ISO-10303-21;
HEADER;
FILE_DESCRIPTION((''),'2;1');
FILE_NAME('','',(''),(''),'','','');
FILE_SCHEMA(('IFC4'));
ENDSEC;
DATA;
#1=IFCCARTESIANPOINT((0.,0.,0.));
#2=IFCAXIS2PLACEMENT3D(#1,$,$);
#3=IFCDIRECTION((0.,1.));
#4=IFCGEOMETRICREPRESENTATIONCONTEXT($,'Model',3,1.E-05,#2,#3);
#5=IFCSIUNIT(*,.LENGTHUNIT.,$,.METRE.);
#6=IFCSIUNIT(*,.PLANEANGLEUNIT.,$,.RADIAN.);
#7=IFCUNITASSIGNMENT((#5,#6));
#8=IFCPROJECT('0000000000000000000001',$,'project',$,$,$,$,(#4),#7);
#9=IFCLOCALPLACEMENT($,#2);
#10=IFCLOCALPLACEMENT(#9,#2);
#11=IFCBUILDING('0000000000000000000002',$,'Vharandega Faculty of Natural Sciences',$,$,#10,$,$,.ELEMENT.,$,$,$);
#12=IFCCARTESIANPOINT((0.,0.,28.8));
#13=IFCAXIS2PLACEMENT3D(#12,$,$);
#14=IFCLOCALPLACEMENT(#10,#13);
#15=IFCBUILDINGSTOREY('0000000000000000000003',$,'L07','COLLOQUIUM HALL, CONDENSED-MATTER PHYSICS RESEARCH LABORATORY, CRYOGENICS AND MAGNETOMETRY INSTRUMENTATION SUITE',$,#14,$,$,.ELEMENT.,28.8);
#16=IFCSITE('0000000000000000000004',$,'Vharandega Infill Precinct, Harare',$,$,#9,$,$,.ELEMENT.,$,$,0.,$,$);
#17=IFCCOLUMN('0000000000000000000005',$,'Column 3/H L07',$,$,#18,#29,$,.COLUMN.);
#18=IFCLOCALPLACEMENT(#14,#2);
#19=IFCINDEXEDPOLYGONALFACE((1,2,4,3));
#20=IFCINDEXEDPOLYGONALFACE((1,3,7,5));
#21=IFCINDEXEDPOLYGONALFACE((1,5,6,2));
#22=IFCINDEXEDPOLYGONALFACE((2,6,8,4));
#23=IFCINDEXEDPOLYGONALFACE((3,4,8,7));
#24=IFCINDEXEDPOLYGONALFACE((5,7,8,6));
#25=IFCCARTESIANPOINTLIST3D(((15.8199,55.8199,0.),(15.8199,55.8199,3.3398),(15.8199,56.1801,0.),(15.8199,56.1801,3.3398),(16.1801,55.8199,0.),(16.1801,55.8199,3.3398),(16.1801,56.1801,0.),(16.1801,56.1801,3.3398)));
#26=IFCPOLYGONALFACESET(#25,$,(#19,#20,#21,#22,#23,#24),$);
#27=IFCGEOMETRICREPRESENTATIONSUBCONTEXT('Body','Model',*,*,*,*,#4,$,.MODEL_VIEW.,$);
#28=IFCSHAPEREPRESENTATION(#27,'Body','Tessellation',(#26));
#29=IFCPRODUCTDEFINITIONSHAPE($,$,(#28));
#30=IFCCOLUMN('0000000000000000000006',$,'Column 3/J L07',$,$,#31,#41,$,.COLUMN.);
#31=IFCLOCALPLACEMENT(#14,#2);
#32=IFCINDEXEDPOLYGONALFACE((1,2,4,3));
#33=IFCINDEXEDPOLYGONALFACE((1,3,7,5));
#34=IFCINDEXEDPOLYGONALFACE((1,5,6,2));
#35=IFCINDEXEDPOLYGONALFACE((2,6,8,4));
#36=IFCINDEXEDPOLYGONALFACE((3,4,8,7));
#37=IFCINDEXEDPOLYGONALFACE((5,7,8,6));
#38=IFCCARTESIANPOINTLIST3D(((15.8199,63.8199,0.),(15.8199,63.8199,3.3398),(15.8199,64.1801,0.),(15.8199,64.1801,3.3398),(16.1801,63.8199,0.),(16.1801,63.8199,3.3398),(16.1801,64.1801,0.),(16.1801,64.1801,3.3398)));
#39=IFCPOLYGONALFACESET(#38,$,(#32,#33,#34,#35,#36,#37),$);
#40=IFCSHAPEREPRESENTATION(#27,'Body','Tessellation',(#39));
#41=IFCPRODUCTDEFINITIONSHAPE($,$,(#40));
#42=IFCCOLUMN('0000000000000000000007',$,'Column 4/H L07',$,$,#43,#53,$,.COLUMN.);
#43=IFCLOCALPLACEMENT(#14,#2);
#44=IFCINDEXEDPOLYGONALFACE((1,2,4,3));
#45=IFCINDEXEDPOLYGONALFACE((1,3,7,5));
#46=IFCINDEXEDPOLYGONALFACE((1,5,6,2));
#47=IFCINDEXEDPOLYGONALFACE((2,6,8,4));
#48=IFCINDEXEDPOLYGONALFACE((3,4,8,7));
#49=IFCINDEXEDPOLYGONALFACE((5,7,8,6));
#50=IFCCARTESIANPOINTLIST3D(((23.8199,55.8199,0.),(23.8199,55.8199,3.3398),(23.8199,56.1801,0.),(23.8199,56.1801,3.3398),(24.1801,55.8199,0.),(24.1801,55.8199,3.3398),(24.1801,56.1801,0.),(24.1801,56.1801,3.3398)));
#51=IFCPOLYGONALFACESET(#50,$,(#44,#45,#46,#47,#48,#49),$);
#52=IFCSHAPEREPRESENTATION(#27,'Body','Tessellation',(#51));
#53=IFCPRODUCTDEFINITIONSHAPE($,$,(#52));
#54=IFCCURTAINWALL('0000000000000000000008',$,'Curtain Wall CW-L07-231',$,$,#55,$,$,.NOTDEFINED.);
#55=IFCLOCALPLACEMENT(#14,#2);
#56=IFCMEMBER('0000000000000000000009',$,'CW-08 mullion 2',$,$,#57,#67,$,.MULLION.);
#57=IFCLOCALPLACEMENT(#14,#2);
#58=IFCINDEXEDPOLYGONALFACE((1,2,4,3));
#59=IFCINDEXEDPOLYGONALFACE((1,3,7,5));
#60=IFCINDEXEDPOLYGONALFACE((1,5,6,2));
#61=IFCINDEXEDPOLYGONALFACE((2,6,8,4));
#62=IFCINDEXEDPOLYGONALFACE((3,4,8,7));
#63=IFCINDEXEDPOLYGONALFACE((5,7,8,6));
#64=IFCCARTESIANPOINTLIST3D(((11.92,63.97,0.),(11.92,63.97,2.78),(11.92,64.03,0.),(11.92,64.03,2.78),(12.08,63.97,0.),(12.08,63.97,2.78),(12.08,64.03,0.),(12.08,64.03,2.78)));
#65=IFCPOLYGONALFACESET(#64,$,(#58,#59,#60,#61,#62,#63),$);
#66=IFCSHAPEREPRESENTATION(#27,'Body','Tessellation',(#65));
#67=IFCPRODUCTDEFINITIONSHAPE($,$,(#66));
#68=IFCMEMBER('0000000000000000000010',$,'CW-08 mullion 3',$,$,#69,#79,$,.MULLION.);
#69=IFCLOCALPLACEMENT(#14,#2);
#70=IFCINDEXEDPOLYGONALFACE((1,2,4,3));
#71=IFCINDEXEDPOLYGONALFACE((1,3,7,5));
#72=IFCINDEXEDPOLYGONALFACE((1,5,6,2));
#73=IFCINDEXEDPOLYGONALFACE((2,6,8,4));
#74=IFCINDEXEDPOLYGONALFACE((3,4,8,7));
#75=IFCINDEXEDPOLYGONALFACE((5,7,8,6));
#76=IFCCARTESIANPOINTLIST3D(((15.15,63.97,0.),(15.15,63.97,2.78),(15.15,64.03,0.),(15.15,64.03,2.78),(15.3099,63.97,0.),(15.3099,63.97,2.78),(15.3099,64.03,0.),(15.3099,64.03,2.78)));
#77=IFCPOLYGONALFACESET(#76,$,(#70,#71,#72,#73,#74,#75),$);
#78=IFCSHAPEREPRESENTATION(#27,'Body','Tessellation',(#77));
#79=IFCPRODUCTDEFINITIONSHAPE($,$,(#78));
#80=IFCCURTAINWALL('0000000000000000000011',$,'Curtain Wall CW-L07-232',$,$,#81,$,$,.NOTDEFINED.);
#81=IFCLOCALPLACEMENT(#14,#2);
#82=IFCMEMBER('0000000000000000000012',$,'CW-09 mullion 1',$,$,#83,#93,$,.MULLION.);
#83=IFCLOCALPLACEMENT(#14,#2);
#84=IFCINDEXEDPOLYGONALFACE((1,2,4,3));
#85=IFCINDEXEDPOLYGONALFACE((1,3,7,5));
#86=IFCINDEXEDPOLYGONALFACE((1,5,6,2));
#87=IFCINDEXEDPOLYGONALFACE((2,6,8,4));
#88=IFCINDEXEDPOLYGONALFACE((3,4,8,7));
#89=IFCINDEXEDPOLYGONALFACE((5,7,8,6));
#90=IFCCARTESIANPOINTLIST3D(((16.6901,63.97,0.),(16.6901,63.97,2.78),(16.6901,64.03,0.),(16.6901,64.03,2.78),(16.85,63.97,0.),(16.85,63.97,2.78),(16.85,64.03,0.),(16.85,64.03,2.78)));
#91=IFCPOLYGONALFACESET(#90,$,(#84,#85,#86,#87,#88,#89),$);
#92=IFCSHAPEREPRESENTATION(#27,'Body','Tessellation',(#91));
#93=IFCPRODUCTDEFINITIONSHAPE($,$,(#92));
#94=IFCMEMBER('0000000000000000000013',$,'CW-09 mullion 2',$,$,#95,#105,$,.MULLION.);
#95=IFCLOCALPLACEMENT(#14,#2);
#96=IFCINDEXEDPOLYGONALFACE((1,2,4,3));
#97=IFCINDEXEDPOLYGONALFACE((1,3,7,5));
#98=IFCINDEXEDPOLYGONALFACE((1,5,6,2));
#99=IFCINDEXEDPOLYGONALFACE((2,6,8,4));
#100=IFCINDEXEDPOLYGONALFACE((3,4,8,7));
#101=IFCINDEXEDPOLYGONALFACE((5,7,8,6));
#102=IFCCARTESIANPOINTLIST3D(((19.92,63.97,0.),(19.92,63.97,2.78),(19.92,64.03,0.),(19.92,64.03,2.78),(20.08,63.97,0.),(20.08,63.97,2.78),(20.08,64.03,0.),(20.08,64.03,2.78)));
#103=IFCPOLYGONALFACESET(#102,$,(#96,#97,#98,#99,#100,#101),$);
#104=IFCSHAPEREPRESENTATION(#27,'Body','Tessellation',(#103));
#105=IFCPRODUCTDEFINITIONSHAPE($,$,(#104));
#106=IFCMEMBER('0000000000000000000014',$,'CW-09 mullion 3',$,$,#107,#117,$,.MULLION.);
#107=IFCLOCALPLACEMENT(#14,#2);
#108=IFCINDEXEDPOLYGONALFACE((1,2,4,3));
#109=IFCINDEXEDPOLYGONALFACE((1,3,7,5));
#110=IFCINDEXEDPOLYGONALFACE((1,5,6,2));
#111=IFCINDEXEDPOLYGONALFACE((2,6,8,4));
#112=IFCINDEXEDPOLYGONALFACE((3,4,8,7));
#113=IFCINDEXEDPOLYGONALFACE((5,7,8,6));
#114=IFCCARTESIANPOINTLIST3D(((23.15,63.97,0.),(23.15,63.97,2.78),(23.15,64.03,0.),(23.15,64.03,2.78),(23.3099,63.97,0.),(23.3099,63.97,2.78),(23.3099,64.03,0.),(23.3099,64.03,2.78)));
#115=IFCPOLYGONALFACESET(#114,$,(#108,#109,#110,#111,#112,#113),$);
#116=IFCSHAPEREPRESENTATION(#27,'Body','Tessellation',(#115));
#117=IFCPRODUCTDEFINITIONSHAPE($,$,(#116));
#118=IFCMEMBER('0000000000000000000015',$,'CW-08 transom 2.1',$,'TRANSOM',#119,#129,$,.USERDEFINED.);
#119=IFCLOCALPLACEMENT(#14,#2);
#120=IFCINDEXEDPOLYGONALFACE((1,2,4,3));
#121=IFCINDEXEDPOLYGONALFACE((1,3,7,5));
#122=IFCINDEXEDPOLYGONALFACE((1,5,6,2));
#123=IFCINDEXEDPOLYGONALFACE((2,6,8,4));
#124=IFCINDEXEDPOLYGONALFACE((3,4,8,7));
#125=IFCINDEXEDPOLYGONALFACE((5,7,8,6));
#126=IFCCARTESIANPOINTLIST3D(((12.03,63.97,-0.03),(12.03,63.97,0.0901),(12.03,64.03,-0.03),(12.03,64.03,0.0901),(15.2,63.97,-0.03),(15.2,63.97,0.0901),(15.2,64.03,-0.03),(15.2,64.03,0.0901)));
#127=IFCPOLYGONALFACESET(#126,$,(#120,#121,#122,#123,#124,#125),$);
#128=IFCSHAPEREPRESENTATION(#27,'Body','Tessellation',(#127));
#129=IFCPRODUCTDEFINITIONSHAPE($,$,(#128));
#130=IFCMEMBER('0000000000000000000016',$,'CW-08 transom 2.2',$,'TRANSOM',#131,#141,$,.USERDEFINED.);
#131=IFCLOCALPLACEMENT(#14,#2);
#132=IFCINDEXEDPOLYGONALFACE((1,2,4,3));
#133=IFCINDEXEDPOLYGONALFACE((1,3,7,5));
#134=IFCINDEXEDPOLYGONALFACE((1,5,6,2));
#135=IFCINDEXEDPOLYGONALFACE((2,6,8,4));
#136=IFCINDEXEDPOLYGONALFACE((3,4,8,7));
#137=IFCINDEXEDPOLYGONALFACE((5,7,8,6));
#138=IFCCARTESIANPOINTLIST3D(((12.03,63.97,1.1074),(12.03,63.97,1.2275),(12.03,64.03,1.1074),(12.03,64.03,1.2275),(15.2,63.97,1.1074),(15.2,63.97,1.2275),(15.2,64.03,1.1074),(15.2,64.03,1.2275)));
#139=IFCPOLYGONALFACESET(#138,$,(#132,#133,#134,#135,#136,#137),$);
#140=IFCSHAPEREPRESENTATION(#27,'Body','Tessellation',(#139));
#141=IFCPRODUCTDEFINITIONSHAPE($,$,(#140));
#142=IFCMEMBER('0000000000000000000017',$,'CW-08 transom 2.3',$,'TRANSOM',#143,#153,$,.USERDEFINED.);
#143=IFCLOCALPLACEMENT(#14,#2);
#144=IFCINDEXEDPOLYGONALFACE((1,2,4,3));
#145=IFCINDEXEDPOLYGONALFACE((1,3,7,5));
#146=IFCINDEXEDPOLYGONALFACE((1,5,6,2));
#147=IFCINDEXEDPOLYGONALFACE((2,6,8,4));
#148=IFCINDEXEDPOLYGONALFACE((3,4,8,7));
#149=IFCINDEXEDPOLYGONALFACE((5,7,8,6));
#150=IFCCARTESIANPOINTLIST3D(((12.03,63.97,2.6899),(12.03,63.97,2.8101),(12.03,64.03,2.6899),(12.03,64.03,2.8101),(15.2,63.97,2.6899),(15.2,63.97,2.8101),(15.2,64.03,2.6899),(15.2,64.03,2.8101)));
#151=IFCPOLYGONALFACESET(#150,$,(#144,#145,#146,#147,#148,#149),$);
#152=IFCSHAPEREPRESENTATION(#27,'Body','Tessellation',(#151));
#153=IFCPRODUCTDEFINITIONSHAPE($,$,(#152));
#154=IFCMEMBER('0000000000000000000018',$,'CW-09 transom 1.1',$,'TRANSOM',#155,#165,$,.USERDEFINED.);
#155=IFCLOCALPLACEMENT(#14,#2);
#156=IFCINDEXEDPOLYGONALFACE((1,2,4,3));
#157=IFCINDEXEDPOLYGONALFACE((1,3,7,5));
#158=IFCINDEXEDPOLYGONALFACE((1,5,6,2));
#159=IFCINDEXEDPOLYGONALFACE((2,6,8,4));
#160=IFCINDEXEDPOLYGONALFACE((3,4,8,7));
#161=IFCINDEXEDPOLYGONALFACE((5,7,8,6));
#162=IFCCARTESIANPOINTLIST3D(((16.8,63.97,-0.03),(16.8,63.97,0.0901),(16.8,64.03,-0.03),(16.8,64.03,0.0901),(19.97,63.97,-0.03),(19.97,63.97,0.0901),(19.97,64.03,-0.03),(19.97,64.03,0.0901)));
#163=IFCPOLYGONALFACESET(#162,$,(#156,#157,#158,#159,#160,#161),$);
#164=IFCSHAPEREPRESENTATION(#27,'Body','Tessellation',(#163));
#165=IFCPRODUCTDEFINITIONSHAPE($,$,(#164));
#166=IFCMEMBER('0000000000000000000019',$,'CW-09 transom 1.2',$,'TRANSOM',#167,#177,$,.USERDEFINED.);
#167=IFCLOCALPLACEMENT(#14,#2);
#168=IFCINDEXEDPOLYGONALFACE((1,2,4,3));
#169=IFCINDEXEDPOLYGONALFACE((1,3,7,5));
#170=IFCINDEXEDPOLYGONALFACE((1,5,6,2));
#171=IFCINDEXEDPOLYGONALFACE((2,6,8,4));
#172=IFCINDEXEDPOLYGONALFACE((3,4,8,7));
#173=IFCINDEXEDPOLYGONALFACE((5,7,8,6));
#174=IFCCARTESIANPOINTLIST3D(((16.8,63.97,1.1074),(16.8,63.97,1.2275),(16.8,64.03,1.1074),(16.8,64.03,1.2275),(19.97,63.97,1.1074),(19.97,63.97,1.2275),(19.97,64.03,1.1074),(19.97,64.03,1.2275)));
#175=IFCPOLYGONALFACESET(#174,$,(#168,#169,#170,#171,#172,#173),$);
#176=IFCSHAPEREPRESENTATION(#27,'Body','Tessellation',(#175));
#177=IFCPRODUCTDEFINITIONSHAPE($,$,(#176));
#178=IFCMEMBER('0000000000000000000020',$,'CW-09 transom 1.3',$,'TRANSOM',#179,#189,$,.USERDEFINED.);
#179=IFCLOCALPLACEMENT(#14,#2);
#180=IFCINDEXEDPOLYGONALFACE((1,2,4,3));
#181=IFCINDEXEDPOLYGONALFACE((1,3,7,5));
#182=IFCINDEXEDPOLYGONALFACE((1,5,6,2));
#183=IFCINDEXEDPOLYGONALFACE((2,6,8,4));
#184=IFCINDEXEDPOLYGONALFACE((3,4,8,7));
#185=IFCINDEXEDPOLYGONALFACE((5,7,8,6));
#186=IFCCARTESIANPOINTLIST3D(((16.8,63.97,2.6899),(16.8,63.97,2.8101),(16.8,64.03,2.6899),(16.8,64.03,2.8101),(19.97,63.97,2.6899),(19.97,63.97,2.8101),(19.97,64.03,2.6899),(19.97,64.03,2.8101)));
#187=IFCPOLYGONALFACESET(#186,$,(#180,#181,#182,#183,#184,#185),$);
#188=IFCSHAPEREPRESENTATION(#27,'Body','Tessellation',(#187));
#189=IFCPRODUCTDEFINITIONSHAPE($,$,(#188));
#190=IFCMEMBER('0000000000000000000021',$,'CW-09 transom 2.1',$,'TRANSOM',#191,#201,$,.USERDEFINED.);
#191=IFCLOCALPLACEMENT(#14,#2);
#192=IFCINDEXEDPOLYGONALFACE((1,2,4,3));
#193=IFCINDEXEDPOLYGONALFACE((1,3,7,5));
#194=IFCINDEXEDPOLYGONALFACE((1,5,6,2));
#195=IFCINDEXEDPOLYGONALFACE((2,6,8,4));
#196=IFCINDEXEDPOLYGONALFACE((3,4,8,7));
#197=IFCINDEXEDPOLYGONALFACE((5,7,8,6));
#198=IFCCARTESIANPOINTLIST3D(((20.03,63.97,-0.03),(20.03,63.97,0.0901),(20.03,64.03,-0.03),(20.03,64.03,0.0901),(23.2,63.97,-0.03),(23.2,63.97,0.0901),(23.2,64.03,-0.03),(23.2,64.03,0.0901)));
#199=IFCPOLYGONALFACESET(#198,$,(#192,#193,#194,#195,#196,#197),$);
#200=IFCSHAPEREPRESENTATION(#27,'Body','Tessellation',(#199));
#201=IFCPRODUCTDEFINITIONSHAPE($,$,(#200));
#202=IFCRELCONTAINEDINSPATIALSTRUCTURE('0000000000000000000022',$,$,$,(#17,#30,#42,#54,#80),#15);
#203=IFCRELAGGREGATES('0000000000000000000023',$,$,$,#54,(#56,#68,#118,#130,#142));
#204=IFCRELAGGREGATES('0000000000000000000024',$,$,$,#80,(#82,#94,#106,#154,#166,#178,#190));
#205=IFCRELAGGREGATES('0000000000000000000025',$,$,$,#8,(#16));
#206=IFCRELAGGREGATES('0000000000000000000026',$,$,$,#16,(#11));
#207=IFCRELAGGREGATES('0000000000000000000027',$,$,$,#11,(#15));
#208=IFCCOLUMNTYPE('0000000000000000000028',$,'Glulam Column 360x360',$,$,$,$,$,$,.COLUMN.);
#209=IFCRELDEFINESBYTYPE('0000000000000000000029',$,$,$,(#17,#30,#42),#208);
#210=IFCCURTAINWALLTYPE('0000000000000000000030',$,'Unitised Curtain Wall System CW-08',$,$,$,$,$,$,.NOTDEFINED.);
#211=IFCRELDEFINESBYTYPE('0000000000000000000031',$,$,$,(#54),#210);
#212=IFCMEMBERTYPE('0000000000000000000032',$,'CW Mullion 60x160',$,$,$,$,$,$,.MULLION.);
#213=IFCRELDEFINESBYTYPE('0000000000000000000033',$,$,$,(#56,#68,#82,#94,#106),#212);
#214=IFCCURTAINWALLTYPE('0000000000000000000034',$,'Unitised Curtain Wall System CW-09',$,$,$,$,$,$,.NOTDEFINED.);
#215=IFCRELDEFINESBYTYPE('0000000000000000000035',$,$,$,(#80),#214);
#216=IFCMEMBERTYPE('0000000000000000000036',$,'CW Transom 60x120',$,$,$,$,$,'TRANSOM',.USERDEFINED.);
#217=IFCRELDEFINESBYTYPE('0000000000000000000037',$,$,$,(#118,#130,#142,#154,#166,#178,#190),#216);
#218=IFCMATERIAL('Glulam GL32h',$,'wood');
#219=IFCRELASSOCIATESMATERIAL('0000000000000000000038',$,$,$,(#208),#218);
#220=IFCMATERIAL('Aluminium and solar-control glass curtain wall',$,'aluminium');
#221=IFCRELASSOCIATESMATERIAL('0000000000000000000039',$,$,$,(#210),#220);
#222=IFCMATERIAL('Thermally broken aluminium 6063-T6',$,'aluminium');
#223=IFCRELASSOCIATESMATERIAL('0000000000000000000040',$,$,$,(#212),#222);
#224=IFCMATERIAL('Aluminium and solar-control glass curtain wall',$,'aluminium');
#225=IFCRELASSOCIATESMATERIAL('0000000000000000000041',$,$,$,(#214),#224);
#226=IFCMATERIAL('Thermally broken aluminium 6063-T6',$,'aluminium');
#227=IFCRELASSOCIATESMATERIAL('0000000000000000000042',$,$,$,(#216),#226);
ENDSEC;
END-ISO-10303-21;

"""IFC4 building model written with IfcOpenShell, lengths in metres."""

from ifc_helpers import new_model, si_unit, direction, frame, origin, origin_2d, place, context, subcontext, project, spatial, rectangle, extrude, material, material_profile, profile_set, type_object, element, aggregate, save


model = new_model("IFC4")

# Units and contexts
model_context = context("Model", 3, precision=1e-05, world=origin(), true_north=direction((0.0, 1.0)))
body_context = subcontext(model_context, "Body", "Model", "MODEL_VIEW")
ifc_project = project(units=[si_unit("LENGTHUNIT", "METRE"), si_unit("PLANEANGLEUNIT", "RADIAN")], contexts=[model_context])

# Site, building, storey
site_placement = place(None, origin())
site = spatial("IfcSite", under=ifc_project, at=site_placement, Name="Vharandega Infill Precinct, Harare", CompositionType="ELEMENT", RefElevation=0.0)
building_placement = place(site_placement, origin())
building = spatial("IfcBuilding", under=site, at=building_placement, Name="Vharandega Faculty of Natural Sciences", CompositionType="ELEMENT")
storey_placement = place(building_placement, frame((0.0, 0.0, 28.8)))
storey = spatial("IfcBuildingStorey", under=building, at=storey_placement, Name="L07", Description="COLLOQUIUM HALL, CONDENSED-MATTER PHYSICS RESEARCH LABORATORY, CRYOGENICS AND MAGNETOMETRY INSTRUMENTATION SUITE", CompositionType="ELEMENT", Elevation=28.8)

# Columns
ifc_material_1 = material(Name="Glulam GL32h", Category="wood")
ifc_material_profile_1 = material_profile(ifc_material_1, rectangle(XDim=0.3601, YDim=0.3601, at=origin_2d()), Name="GL32h 360x360")
ifc_profile_set_1 = profile_set([ifc_material_profile_1], Name="Glulam GL32h")
column_type = type_object("IfcColumnType", Name="Glulam Column 360x360", PredefinedType="COLUMN", material=ifc_profile_set_1)
for number, where, z_axis, x_axis, name in (
    (1, (16.0, 56.0, 0.0), (0.0, 0.0, 1.0), (1.0, 0.0, 0.0), "Column 3/H L07"),
    (2, (16.0, 64.0, 0.0), (0.0, 0.0, 1.0), (1.0, 0.0, 0.0), "Column 3/J L07"),
    (3, (24.0, 56.0, 0.0), (0.0, 0.0, 1.0), (1.0, 0.0, 0.0), "Column 4/H L07"),
):
    element("IfcColumn", number, at=place(storey_placement, frame(where, z_axis=z_axis, x_axis=x_axis)), inside=storey, type_object=column_type, Name=name, PredefinedType="COLUMN", context=body_context, shape_type="SweptSolid", body=[
        extrude(rectangle(XDim=0.3601, YDim=0.3601, at=origin_2d()), origin(), (0.0, 0.0, 1.0), 3.3398),
    ])

# Curtain walls, members
ifc_material_2 = material(Name="Aluminium and solar-control glass curtain wall", Category="aluminium")
curtain_wall_type_1 = type_object("IfcCurtainWallType", Name="Unitised Curtain Wall System CW-08", PredefinedType="NOTDEFINED", material=ifc_material_2)
curtain_wall_1_placement = place(storey_placement, origin())
curtain_wall_1 = element("IfcCurtainWall", 4, at=curtain_wall_1_placement, inside=storey, type_object=curtain_wall_type_1, Name="Curtain Wall CW-L07-231", PredefinedType="NOTDEFINED")
ifc_material_3 = material(Name="Thermally broken aluminium 6063-T6", Category="aluminium")
ifc_material_profile_2 = material_profile(ifc_material_3, rectangle(XDim=0.0601, YDim=0.1599, at=origin_2d()), Name="ALU 60x160")
ifc_profile_set_2 = profile_set([ifc_material_profile_2], Name="Thermally broken aluminium 6063-T6")
member_type_1 = type_object("IfcMemberType", Name="CW Mullion 60x160", PredefinedType="MULLION", material=ifc_profile_set_2)
member_1_placement = place(storey_placement, frame((12.0, 64.0, 0.0), z_axis=(0.0, 0.0, 1.0), x_axis=(0.0, 1.0, 0.0)))
member_1 = element("IfcMember", 5, at=member_1_placement, type_object=member_type_1, Name="CW-08 mullion 2", PredefinedType="MULLION", context=body_context, shape_type="SweptSolid", body=[
    extrude(rectangle(XDim=0.0601, YDim=0.1599, at=origin_2d()), origin(), (0.0, 0.0, 1.0), 2.78),
])
member_2_placement = place(storey_placement, frame((15.23, 64.0, 0.0), z_axis=(0.0, 0.0, 1.0), x_axis=(0.0, 1.0, 0.0)))
member_2 = element("IfcMember", 6, at=member_2_placement, type_object=member_type_1, Name="CW-08 mullion 3", PredefinedType="MULLION", context=body_context, shape_type="SweptSolid", body=[
    extrude(rectangle(XDim=0.0601, YDim=0.1599, at=origin_2d()), origin(), (0.0, 0.0, 1.0), 2.78),
])
ifc_material_4 = material(Name="Aluminium and solar-control glass curtain wall", Category="aluminium")
curtain_wall_type_2 = type_object("IfcCurtainWallType", Name="Unitised Curtain Wall System CW-09", PredefinedType="NOTDEFINED", material=ifc_material_4)
curtain_wall_2_placement = place(storey_placement, origin())
curtain_wall_2 = element("IfcCurtainWall", 7, at=curtain_wall_2_placement, inside=storey, type_object=curtain_wall_type_2, Name="Curtain Wall CW-L07-232", PredefinedType="NOTDEFINED")
member_3_placement = place(storey_placement, frame((16.77, 64.0, 0.0), z_axis=(0.0, 0.0, 1.0), x_axis=(0.0, 1.0, 0.0)))
member_3 = element("IfcMember", 8, at=member_3_placement, type_object=member_type_1, Name="CW-09 mullion 1", PredefinedType="MULLION", context=body_context, shape_type="SweptSolid", body=[
    extrude(rectangle(XDim=0.0601, YDim=0.1599, at=origin_2d()), origin(), (0.0, 0.0, 1.0), 2.78),
])
member_4_placement = place(storey_placement, frame((20.0, 64.0, 0.0), z_axis=(0.0, 0.0, 1.0), x_axis=(0.0, 1.0, 0.0)))
member_4 = element("IfcMember", 9, at=member_4_placement, type_object=member_type_1, Name="CW-09 mullion 2", PredefinedType="MULLION", context=body_context, shape_type="SweptSolid", body=[
    extrude(rectangle(XDim=0.0601, YDim=0.1599, at=origin_2d()), origin(), (0.0, 0.0, 1.0), 2.78),
])
member_5_placement = place(storey_placement, frame((23.23, 64.0, 0.0), z_axis=(0.0, 0.0, 1.0), x_axis=(0.0, 1.0, 0.0)))
member_5 = element("IfcMember", 10, at=member_5_placement, type_object=member_type_1, Name="CW-09 mullion 3", PredefinedType="MULLION", context=body_context, shape_type="SweptSolid", body=[
    extrude(rectangle(XDim=0.0601, YDim=0.1599, at=origin_2d()), origin(), (0.0, 0.0, 1.0), 2.78),
])

# Members
ifc_material_5 = material(Name="Thermally broken aluminium 6063-T6", Category="aluminium")
ifc_material_profile_3 = material_profile(ifc_material_5, rectangle(XDim=0.0601, YDim=0.1201, at=origin_2d()), Name="ALU 60x120")
ifc_profile_set_3 = profile_set([ifc_material_profile_3], Name="Thermally broken aluminium 6063-T6")
member_type_2 = type_object("IfcMemberType", Name="CW Transom 60x120", ElementType="TRANSOM", PredefinedType="USERDEFINED", material=ifc_profile_set_3)
member_6_placement = place(storey_placement, frame((12.03, 64.0, 0.03), z_axis=(1.0, 0.0, 0.0), x_axis=(0.0, 1.0, 0.0)))
member_6 = element("IfcMember", 11, at=member_6_placement, type_object=member_type_2, Name="CW-08 transom 2.1", ObjectType="TRANSOM", PredefinedType="USERDEFINED", context=body_context, shape_type="SweptSolid", body=[
    extrude(rectangle(XDim=0.0601, YDim=0.1201, at=origin_2d()), origin(), (0.0, 0.0, 1.0), 3.1699),
])
member_7_placement = place(storey_placement, frame((12.03, 64.0, 1.1675), z_axis=(1.0, 0.0, 0.0), x_axis=(0.0, 1.0, 0.0)))
member_7 = element("IfcMember", 12, at=member_7_placement, type_object=member_type_2, Name="CW-08 transom 2.2", ObjectType="TRANSOM", PredefinedType="USERDEFINED", context=body_context, shape_type="SweptSolid", body=[
    extrude(rectangle(XDim=0.0601, YDim=0.1201, at=origin_2d()), origin(), (0.0, 0.0, 1.0), 3.1699),
])
member_8_placement = place(storey_placement, frame((12.03, 64.0, 2.75), z_axis=(1.0, 0.0, 0.0), x_axis=(0.0, 1.0, 0.0)))
member_8 = element("IfcMember", 13, at=member_8_placement, type_object=member_type_2, Name="CW-08 transom 2.3", ObjectType="TRANSOM", PredefinedType="USERDEFINED", context=body_context, shape_type="SweptSolid", body=[
    extrude(rectangle(XDim=0.0601, YDim=0.1201, at=origin_2d()), origin(), (0.0, 0.0, 1.0), 3.1699),
])
member_9_placement = place(storey_placement, frame((16.8, 64.0, 0.03), z_axis=(1.0, 0.0, 0.0), x_axis=(0.0, 1.0, 0.0)))
member_9 = element("IfcMember", 14, at=member_9_placement, type_object=member_type_2, Name="CW-09 transom 1.1", ObjectType="TRANSOM", PredefinedType="USERDEFINED", context=body_context, shape_type="SweptSolid", body=[
    extrude(rectangle(XDim=0.0601, YDim=0.1201, at=origin_2d()), origin(), (0.0, 0.0, 1.0), 3.1699),
])
member_10_placement = place(storey_placement, frame((16.8, 64.0, 1.1675), z_axis=(1.0, 0.0, 0.0), x_axis=(0.0, 1.0, 0.0)))
member_10 = element("IfcMember", 15, at=member_10_placement, type_object=member_type_2, Name="CW-09 transom 1.2", ObjectType="TRANSOM", PredefinedType="USERDEFINED", context=body_context, shape_type="SweptSolid", body=[
    extrude(rectangle(XDim=0.0601, YDim=0.1201, at=origin_2d()), origin(), (0.0, 0.0, 1.0), 3.1699),
])
member_11_placement = place(storey_placement, frame((16.8, 64.0, 2.75), z_axis=(1.0, 0.0, 0.0), x_axis=(0.0, 1.0, 0.0)))
member_11 = element("IfcMember", 16, at=member_11_placement, type_object=member_type_2, Name="CW-09 transom 1.3", ObjectType="TRANSOM", PredefinedType="USERDEFINED", context=body_context, shape_type="SweptSolid", body=[
    extrude(rectangle(XDim=0.0601, YDim=0.1201, at=origin_2d()), origin(), (0.0, 0.0, 1.0), 3.1699),
])
member_12_placement = place(storey_placement, frame((20.03, 64.0, 0.03), z_axis=(1.0, 0.0, 0.0), x_axis=(0.0, 1.0, 0.0)))
member_12 = element("IfcMember", 17, at=member_12_placement, type_object=member_type_2, Name="CW-09 transom 2.1", ObjectType="TRANSOM", PredefinedType="USERDEFINED", context=body_context, shape_type="SweptSolid", body=[
    extrude(rectangle(XDim=0.0601, YDim=0.1201, at=origin_2d()), origin(), (0.0, 0.0, 1.0), 3.1699),
])

aggregate(curtain_wall_1, [member_1, member_2, member_6, member_7, member_8])
aggregate(curtain_wall_2, [member_3, member_4, member_5, member_9, member_10, member_11, member_12])

save(model, "model.ifc")
